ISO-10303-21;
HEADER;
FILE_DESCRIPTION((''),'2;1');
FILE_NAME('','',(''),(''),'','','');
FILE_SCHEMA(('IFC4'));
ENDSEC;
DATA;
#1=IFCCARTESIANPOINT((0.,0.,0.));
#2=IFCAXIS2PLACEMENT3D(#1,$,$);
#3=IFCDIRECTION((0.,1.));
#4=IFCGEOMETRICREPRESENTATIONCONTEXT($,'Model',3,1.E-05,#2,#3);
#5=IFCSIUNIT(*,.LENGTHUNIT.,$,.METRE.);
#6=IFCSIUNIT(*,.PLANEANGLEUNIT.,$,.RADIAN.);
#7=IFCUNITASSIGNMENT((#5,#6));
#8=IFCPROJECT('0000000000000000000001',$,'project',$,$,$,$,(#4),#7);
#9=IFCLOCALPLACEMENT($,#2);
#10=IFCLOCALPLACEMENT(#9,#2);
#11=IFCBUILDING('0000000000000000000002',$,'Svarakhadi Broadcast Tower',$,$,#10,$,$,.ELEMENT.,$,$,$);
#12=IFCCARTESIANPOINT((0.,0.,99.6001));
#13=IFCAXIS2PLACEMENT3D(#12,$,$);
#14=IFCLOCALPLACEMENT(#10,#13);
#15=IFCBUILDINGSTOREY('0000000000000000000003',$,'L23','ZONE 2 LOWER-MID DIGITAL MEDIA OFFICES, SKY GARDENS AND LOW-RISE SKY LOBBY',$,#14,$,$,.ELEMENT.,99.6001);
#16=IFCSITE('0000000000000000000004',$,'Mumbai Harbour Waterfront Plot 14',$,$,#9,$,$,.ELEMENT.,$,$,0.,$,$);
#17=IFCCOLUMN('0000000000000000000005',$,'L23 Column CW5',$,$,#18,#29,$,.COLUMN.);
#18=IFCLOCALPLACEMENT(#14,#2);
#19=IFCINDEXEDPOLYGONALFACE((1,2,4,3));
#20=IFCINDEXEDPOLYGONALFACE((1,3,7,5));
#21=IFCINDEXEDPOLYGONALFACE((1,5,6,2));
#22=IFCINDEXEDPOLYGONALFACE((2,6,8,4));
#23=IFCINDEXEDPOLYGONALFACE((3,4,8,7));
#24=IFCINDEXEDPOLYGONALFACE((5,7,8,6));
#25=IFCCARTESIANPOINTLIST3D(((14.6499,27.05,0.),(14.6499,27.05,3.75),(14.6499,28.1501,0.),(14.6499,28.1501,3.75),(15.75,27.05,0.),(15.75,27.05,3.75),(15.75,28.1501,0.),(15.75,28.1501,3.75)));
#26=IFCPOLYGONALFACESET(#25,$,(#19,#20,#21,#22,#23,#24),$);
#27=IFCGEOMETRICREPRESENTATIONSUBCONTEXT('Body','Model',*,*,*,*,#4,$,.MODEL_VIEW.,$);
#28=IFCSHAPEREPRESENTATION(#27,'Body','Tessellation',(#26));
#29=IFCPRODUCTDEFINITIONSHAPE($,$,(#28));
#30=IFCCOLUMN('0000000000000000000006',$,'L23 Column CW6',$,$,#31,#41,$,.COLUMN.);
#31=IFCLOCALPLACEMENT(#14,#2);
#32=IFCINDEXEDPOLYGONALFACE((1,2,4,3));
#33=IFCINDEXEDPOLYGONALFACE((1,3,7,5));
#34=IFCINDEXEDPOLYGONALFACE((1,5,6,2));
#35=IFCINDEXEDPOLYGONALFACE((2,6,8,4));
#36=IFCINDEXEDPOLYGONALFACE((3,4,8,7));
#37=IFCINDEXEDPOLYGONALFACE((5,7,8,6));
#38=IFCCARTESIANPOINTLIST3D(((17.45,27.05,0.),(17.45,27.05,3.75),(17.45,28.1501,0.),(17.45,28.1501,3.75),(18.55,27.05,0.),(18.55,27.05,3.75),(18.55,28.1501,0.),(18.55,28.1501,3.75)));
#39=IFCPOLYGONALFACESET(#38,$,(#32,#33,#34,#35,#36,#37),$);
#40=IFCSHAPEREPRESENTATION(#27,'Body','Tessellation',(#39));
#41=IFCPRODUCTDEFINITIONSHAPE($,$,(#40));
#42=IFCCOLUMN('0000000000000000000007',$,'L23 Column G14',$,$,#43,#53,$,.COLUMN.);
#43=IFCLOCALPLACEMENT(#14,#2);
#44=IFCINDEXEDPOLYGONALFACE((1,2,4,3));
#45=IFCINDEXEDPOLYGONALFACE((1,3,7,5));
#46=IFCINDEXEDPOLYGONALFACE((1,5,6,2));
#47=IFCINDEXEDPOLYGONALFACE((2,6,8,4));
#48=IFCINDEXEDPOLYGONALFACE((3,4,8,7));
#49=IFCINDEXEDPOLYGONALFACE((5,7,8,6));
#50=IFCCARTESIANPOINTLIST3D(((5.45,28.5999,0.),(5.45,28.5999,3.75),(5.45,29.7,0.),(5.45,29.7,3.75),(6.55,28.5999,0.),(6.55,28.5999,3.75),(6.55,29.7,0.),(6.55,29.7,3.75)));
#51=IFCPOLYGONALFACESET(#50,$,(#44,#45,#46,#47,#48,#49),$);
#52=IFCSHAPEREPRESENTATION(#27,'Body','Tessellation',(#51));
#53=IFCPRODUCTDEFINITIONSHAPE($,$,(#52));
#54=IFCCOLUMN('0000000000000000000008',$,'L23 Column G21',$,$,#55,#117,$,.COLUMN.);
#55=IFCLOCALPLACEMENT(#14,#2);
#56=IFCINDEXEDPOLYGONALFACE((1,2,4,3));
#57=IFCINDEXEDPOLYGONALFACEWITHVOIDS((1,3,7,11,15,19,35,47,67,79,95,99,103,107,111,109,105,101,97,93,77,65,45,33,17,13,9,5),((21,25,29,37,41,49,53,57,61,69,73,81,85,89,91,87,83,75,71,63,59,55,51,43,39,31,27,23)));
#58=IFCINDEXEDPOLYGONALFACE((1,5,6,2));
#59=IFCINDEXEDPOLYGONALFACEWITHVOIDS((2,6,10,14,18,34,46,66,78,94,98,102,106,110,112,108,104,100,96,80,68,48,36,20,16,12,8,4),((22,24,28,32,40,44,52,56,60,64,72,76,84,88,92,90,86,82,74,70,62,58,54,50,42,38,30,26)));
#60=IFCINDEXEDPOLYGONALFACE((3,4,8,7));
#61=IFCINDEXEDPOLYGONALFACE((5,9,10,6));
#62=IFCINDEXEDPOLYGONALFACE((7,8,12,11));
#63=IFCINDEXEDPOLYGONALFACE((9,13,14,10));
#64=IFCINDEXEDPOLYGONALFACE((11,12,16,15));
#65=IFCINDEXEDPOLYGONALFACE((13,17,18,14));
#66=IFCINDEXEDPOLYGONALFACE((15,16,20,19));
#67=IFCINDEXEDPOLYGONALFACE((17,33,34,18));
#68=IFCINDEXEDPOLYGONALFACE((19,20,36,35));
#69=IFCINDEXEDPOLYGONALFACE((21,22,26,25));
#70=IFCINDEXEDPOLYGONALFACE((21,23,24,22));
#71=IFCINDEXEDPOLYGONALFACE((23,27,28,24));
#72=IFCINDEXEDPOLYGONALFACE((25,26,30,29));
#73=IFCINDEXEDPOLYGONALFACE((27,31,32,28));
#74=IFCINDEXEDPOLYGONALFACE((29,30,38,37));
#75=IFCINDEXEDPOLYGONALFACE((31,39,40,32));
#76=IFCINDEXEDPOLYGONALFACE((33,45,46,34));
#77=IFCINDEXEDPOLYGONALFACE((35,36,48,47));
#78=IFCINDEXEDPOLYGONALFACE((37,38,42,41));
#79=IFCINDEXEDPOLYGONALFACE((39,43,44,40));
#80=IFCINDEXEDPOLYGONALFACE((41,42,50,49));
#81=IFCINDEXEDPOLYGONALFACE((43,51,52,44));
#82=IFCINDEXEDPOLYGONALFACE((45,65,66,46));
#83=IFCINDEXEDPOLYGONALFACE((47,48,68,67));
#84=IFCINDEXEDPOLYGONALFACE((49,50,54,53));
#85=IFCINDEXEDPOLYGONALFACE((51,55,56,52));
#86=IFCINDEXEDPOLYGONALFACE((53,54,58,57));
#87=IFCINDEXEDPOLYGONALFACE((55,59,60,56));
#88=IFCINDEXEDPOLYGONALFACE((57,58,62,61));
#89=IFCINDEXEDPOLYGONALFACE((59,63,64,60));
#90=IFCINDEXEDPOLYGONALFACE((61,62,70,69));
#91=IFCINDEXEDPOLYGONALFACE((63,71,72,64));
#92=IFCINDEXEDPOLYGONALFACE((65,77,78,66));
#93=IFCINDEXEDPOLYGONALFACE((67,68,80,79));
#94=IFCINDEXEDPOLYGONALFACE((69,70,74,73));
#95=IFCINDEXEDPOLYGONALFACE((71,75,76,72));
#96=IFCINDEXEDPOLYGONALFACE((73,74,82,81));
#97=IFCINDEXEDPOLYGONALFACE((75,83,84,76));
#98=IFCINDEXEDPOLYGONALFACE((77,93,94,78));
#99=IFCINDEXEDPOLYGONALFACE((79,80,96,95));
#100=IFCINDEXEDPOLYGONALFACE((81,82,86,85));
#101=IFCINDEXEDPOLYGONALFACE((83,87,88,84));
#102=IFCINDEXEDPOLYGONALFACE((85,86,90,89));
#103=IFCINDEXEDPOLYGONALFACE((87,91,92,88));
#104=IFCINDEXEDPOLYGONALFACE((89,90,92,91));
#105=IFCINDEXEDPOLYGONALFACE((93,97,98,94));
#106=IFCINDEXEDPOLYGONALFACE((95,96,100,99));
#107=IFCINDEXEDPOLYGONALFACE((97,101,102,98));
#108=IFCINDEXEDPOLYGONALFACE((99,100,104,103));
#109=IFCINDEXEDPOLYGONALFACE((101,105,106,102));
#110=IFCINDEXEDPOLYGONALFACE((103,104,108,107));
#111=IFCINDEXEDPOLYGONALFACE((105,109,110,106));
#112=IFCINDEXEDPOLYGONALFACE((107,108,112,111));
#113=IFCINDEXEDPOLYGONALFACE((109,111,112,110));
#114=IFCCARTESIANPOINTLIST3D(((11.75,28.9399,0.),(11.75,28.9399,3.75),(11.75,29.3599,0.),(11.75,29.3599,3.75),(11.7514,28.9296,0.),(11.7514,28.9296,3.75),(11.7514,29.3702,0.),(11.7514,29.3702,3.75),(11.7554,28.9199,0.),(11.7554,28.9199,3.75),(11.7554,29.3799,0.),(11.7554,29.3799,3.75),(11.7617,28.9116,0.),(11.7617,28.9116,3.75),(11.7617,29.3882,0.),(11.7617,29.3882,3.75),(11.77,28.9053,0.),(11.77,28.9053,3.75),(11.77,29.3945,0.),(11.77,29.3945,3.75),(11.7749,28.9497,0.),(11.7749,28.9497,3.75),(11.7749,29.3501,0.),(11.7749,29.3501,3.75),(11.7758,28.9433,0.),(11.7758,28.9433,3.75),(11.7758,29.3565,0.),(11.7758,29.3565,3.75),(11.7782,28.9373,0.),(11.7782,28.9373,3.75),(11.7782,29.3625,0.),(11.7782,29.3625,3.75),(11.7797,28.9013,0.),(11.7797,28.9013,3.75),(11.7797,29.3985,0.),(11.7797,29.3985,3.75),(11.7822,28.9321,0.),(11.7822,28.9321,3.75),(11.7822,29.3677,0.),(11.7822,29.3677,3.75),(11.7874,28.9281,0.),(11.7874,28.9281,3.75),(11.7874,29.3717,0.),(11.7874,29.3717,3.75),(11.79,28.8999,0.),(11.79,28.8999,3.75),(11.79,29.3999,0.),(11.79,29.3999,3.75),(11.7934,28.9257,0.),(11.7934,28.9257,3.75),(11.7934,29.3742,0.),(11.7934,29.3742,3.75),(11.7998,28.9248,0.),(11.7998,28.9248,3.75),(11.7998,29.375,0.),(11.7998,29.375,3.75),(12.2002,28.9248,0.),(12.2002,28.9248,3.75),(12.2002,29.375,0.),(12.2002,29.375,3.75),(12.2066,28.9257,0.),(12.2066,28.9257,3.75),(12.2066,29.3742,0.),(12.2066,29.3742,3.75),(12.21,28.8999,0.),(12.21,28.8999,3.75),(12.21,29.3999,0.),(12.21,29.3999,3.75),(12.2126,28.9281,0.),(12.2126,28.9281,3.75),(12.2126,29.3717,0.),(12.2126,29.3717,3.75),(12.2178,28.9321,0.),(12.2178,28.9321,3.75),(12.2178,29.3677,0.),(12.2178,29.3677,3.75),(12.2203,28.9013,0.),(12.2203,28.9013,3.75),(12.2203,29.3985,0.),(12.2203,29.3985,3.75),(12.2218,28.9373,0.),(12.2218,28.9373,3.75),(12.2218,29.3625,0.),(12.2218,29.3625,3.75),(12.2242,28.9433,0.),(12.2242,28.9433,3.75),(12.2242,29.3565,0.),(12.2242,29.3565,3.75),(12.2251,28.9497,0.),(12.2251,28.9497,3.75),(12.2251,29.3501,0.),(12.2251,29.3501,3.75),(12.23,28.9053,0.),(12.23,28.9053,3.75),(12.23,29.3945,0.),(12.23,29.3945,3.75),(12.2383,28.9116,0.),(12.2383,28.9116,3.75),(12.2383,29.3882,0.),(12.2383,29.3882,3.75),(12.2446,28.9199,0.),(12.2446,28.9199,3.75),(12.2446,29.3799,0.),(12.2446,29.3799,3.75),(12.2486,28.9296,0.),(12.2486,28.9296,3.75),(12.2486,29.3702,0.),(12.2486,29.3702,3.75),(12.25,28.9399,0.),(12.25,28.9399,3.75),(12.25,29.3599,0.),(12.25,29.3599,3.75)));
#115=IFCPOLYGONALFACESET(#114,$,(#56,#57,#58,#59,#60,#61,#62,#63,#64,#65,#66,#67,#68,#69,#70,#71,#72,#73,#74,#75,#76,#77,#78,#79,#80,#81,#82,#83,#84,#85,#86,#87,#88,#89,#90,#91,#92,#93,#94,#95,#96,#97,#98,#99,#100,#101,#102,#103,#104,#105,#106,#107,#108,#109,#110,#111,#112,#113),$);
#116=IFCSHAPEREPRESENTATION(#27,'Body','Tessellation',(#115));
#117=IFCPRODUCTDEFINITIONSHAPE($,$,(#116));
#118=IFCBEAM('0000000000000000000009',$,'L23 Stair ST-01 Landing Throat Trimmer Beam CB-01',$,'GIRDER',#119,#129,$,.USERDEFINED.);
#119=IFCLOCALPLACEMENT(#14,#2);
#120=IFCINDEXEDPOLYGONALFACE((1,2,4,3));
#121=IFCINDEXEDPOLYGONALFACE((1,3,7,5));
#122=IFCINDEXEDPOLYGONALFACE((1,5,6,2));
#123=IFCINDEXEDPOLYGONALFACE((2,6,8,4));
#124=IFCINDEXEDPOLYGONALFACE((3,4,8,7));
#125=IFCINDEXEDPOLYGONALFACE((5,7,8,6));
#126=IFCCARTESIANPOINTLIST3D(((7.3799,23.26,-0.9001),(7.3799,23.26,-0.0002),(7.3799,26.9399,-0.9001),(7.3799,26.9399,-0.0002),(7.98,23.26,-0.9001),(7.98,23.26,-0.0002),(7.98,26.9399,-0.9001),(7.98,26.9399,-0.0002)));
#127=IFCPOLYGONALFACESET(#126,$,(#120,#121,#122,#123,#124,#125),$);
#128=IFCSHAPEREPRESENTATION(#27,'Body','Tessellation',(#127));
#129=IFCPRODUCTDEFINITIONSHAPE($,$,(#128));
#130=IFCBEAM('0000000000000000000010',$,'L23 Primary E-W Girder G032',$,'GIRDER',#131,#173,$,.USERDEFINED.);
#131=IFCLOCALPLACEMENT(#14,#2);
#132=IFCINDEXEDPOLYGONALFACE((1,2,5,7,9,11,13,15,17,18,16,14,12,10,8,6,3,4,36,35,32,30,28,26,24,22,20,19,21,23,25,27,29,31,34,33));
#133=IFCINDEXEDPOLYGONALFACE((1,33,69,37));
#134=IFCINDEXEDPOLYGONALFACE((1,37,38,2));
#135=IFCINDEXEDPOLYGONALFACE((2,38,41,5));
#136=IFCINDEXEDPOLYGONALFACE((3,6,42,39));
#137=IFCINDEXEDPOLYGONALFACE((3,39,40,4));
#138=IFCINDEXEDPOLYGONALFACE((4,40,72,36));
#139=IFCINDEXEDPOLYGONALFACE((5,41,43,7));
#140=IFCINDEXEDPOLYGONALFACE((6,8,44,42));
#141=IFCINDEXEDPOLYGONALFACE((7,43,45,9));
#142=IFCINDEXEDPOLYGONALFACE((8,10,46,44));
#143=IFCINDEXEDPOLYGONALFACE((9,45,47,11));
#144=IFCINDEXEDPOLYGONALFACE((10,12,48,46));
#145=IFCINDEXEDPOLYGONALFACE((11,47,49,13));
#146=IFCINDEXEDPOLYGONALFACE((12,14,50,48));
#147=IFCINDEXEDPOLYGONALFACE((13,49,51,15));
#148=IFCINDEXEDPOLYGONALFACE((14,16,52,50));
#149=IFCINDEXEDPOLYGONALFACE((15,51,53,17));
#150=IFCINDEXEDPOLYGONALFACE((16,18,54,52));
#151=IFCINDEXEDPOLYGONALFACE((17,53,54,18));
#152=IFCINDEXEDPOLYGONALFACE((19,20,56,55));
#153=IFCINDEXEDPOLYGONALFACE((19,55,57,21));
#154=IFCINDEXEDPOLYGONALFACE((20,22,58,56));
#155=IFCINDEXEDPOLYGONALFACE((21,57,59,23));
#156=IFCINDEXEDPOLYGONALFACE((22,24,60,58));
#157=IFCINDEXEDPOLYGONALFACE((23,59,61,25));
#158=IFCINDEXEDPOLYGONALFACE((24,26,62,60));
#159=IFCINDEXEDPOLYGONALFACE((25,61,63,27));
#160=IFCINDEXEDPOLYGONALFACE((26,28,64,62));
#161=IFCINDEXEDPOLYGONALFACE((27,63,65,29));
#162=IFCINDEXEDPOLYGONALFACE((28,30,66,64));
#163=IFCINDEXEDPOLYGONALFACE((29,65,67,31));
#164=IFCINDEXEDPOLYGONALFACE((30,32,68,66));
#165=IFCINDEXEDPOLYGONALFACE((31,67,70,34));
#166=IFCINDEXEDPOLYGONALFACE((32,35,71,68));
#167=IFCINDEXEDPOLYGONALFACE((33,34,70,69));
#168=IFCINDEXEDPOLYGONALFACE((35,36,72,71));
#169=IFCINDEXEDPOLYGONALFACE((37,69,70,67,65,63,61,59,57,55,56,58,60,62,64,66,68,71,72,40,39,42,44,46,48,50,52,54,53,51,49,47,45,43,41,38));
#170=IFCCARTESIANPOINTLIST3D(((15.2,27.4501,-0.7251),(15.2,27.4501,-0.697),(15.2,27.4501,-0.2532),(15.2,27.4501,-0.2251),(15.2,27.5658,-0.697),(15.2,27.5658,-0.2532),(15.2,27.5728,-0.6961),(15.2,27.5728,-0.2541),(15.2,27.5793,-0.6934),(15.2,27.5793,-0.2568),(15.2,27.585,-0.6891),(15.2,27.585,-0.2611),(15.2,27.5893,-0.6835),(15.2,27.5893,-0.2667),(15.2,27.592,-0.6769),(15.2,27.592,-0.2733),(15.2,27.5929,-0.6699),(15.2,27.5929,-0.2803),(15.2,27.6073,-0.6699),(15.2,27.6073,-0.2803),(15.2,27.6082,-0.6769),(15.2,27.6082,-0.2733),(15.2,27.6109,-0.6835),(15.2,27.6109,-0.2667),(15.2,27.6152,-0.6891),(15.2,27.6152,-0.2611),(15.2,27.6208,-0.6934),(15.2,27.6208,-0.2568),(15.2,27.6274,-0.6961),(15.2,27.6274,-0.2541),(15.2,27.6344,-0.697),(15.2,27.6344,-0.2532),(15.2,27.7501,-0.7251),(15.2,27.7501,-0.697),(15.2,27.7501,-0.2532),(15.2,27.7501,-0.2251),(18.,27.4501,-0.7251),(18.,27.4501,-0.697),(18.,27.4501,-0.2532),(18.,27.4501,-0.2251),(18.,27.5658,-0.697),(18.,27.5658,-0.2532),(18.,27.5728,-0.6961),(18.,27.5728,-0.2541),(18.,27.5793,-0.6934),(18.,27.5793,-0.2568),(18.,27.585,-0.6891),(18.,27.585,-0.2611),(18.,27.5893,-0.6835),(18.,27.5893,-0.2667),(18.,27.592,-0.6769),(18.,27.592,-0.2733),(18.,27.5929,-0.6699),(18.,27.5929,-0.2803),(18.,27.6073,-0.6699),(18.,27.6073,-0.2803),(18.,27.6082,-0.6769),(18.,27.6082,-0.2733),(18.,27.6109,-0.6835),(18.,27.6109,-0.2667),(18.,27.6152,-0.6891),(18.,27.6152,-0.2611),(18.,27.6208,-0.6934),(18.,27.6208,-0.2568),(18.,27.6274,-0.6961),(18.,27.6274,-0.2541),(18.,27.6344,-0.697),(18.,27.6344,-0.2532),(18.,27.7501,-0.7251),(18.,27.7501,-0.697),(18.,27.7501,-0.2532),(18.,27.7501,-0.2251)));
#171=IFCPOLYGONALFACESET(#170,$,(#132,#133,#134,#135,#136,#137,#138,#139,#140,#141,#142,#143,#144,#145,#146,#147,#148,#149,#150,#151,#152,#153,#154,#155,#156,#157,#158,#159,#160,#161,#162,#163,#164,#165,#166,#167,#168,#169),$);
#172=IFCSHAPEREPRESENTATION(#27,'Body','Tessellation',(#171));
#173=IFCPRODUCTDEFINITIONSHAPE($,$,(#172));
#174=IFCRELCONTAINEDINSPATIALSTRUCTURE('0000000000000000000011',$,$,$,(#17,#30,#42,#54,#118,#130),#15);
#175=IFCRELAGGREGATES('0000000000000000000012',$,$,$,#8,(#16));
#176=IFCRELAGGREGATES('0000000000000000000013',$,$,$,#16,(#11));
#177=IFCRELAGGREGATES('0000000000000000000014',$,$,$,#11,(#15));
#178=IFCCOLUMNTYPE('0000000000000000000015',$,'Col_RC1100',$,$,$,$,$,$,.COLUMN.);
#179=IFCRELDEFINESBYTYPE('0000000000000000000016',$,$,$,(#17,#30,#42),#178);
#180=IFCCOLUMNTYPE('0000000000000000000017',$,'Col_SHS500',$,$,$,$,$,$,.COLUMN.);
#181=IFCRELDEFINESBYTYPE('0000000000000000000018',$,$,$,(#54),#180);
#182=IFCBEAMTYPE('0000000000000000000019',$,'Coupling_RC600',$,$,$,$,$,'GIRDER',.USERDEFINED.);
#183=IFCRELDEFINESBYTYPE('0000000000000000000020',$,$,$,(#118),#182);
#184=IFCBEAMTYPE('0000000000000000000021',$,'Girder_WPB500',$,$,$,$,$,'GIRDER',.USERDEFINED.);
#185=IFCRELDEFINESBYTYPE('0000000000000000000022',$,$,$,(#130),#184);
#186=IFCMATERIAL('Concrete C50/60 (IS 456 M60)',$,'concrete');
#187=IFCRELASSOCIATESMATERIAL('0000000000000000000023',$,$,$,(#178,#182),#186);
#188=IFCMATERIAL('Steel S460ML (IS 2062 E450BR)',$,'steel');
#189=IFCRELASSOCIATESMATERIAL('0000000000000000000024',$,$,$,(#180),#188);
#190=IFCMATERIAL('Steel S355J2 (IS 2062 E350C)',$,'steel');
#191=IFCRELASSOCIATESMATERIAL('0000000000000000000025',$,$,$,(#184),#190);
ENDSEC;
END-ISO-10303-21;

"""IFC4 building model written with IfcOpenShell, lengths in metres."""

from ifc_helpers import new_model, si_unit, direction, frame, origin, origin_2d, place, context, subcontext, project, spatial, rectangle, hollow_rectangle, i_section, extrude, material, material_profile, profile_set, type_object, element, save


model = new_model("IFC4")

# Units and contexts
model_context = context("Model", 3, precision=1e-05, world=origin(), true_north=direction((0.0, 1.0)))
body_context = subcontext(model_context, "Body", "Model", "MODEL_VIEW")
ifc_project = project(units=[si_unit("LENGTHUNIT", "METRE"), si_unit("PLANEANGLEUNIT", "RADIAN")], contexts=[model_context])

# Site, building, storey
site_placement = place(None, origin())
site = spatial("IfcSite", under=ifc_project, at=site_placement, Name="Mumbai Harbour Waterfront Plot 14", CompositionType="ELEMENT", RefElevation=0.0)
building_placement = place(site_placement, origin())
building = spatial("IfcBuilding", under=site, at=building_placement, Name="Svarakhadi Broadcast Tower", CompositionType="ELEMENT")
storey_placement = place(building_placement, frame((0.0, 0.0, 99.6001)))
storey = spatial("IfcBuildingStorey", under=building, at=storey_placement, Name="L23", Description="ZONE 2 LOWER-MID DIGITAL MEDIA OFFICES, SKY GARDENS AND LOW-RISE SKY LOBBY", CompositionType="ELEMENT", Elevation=99.6001)

# Columns
ifc_material_1 = material(Name="Concrete C50/60 (IS 456 M60)", Category="concrete")
ifc_material_profile_1 = material_profile(ifc_material_1, rectangle(XDim=1.1001, YDim=1.1001, at=origin_2d()), Name="RC 1100x1100")
ifc_profile_set_1 = profile_set([ifc_material_profile_1], Name="Concrete C50/60 (IS 456 M60)")
column_type_1 = type_object("IfcColumnType", Name="Col_RC1100", PredefinedType="COLUMN", material=ifc_profile_set_1)
for number, where, z_axis, x_axis, name in (
    (1, (15.2, 27.6001, 0.0), (0.0, 0.0, 1.0), (1.0, 0.0, 0.0), "L23 Column CW5"),
    (2, (18.0, 27.6001, 0.0), (0.0, 0.0, 1.0), (1.0, 0.0, 0.0), "L23 Column CW6"),
    (3, (6.0, 29.1499, 0.0), (0.0, 0.0, 1.0), (1.0, 0.0, 0.0), "L23 Column G14"),
):
    element("IfcColumn", number, at=place(storey_placement, frame(where, z_axis=z_axis, x_axis=x_axis)), inside=storey, type_object=column_type_1, Name=name, PredefinedType="COLUMN", context=body_context, shape_type="SweptSolid", body=[
        extrude(rectangle(XDim=1.1001, YDim=1.1001, at=origin_2d()), origin(), (0.0, 0.0, 1.0), 3.75),
    ])
ifc_material_2 = material(Name="Steel S460ML (IS 2062 E450BR)", Category="steel")
ifc_material_profile_2 = material_profile(ifc_material_2, hollow_rectangle(XDim=0.5, YDim=0.5, WallThickness=0.0249, InnerFilletRadius=0.0249, OuterFilletRadius=0.04, at=origin_2d()), Name="SHS 500x500x25")
ifc_profile_set_2 = profile_set([ifc_material_profile_2], Name="Steel S460ML (IS 2062 E450BR)")
column_type_2 = type_object("IfcColumnType", Name="Col_SHS500", PredefinedType="COLUMN", material=ifc_profile_set_2)
column_placement = place(storey_placement, frame((12.0, 29.1499, 0.0), z_axis=(0.0, 0.0, 1.0), x_axis=(1.0, 0.0, 0.0)))
element("IfcColumn", 4, at=column_placement, inside=storey, type_object=column_type_2, Name="L23 Column G21", PredefinedType="COLUMN", context=body_context, shape_type="SweptSolid", body=[
    extrude(hollow_rectangle(XDim=0.5, YDim=0.5, WallThickness=0.0249, InnerFilletRadius=0.0249, OuterFilletRadius=0.04, at=origin_2d()), origin(), (0.0, 0.0, 1.0), 3.75),
])

# Beams
ifc_material_profile_3 = material_profile(ifc_material_1, rectangle(XDim=0.6001, YDim=0.8999, at=origin_2d()), Name="RC 600x900")
ifc_profile_set_3 = profile_set([ifc_material_profile_3], Name="Concrete C50/60 (IS 456 M60)")
beam_type_1 = type_object("IfcBeamType", Name="Coupling_RC600", ElementType="GIRDER", PredefinedType="USERDEFINED", material=ifc_profile_set_3)
beam_1_placement = place(storey_placement, frame((7.6799, 23.26, -0.4502), z_axis=(0.0, 1.0, 0.0), x_axis=(-1.0, 0.0, 0.0)))
element("IfcBeam", 5, at=beam_1_placement, inside=storey, type_object=beam_type_1, Name="L23 Stair ST-01 Landing Throat Trimmer Beam CB-01", ObjectType="GIRDER", PredefinedType="USERDEFINED", context=body_context, shape_type="SweptSolid", body=[
    extrude(rectangle(XDim=0.6001, YDim=0.8999, at=origin_2d()), origin(), (0.0, 0.0, 1.0), 3.6799),
])
ifc_material_3 = material(Name="Steel S355J2 (IS 2062 E350C)", Category="steel")
ifc_material_profile_4 = material_profile(ifc_material_3, i_section(OverallWidth=0.3, OverallDepth=0.5, WebThickness=0.0144, FlangeThickness=0.0281, FilletRadius=0.0271, at=origin_2d()), Name="WPB 500x300x187")
ifc_profile_set_4 = profile_set([ifc_material_profile_4], Name="Steel S355J2 (IS 2062 E350C)")
beam_type_2 = type_object("IfcBeamType", Name="Girder_WPB500", ElementType="GIRDER", PredefinedType="USERDEFINED", material=ifc_profile_set_4)
beam_2_placement = place(storey_placement, frame((15.2, 27.6001, -0.4751), z_axis=(1.0, 0.0, 0.0), x_axis=(0.0, 1.0, 0.0)))
element("IfcBeam", 6, at=beam_2_placement, inside=storey, type_object=beam_type_2, Name="L23 Primary E-W Girder G032", ObjectType="GIRDER", PredefinedType="USERDEFINED", context=body_context, shape_type="SweptSolid", body=[
    extrude(i_section(OverallWidth=0.3, OverallDepth=0.5, WebThickness=0.0144, FlangeThickness=0.0281, FilletRadius=0.0271, at=origin_2d()), origin(), (0.0, 0.0, 1.0), 2.8),
])

save(model, "model.ifc")
